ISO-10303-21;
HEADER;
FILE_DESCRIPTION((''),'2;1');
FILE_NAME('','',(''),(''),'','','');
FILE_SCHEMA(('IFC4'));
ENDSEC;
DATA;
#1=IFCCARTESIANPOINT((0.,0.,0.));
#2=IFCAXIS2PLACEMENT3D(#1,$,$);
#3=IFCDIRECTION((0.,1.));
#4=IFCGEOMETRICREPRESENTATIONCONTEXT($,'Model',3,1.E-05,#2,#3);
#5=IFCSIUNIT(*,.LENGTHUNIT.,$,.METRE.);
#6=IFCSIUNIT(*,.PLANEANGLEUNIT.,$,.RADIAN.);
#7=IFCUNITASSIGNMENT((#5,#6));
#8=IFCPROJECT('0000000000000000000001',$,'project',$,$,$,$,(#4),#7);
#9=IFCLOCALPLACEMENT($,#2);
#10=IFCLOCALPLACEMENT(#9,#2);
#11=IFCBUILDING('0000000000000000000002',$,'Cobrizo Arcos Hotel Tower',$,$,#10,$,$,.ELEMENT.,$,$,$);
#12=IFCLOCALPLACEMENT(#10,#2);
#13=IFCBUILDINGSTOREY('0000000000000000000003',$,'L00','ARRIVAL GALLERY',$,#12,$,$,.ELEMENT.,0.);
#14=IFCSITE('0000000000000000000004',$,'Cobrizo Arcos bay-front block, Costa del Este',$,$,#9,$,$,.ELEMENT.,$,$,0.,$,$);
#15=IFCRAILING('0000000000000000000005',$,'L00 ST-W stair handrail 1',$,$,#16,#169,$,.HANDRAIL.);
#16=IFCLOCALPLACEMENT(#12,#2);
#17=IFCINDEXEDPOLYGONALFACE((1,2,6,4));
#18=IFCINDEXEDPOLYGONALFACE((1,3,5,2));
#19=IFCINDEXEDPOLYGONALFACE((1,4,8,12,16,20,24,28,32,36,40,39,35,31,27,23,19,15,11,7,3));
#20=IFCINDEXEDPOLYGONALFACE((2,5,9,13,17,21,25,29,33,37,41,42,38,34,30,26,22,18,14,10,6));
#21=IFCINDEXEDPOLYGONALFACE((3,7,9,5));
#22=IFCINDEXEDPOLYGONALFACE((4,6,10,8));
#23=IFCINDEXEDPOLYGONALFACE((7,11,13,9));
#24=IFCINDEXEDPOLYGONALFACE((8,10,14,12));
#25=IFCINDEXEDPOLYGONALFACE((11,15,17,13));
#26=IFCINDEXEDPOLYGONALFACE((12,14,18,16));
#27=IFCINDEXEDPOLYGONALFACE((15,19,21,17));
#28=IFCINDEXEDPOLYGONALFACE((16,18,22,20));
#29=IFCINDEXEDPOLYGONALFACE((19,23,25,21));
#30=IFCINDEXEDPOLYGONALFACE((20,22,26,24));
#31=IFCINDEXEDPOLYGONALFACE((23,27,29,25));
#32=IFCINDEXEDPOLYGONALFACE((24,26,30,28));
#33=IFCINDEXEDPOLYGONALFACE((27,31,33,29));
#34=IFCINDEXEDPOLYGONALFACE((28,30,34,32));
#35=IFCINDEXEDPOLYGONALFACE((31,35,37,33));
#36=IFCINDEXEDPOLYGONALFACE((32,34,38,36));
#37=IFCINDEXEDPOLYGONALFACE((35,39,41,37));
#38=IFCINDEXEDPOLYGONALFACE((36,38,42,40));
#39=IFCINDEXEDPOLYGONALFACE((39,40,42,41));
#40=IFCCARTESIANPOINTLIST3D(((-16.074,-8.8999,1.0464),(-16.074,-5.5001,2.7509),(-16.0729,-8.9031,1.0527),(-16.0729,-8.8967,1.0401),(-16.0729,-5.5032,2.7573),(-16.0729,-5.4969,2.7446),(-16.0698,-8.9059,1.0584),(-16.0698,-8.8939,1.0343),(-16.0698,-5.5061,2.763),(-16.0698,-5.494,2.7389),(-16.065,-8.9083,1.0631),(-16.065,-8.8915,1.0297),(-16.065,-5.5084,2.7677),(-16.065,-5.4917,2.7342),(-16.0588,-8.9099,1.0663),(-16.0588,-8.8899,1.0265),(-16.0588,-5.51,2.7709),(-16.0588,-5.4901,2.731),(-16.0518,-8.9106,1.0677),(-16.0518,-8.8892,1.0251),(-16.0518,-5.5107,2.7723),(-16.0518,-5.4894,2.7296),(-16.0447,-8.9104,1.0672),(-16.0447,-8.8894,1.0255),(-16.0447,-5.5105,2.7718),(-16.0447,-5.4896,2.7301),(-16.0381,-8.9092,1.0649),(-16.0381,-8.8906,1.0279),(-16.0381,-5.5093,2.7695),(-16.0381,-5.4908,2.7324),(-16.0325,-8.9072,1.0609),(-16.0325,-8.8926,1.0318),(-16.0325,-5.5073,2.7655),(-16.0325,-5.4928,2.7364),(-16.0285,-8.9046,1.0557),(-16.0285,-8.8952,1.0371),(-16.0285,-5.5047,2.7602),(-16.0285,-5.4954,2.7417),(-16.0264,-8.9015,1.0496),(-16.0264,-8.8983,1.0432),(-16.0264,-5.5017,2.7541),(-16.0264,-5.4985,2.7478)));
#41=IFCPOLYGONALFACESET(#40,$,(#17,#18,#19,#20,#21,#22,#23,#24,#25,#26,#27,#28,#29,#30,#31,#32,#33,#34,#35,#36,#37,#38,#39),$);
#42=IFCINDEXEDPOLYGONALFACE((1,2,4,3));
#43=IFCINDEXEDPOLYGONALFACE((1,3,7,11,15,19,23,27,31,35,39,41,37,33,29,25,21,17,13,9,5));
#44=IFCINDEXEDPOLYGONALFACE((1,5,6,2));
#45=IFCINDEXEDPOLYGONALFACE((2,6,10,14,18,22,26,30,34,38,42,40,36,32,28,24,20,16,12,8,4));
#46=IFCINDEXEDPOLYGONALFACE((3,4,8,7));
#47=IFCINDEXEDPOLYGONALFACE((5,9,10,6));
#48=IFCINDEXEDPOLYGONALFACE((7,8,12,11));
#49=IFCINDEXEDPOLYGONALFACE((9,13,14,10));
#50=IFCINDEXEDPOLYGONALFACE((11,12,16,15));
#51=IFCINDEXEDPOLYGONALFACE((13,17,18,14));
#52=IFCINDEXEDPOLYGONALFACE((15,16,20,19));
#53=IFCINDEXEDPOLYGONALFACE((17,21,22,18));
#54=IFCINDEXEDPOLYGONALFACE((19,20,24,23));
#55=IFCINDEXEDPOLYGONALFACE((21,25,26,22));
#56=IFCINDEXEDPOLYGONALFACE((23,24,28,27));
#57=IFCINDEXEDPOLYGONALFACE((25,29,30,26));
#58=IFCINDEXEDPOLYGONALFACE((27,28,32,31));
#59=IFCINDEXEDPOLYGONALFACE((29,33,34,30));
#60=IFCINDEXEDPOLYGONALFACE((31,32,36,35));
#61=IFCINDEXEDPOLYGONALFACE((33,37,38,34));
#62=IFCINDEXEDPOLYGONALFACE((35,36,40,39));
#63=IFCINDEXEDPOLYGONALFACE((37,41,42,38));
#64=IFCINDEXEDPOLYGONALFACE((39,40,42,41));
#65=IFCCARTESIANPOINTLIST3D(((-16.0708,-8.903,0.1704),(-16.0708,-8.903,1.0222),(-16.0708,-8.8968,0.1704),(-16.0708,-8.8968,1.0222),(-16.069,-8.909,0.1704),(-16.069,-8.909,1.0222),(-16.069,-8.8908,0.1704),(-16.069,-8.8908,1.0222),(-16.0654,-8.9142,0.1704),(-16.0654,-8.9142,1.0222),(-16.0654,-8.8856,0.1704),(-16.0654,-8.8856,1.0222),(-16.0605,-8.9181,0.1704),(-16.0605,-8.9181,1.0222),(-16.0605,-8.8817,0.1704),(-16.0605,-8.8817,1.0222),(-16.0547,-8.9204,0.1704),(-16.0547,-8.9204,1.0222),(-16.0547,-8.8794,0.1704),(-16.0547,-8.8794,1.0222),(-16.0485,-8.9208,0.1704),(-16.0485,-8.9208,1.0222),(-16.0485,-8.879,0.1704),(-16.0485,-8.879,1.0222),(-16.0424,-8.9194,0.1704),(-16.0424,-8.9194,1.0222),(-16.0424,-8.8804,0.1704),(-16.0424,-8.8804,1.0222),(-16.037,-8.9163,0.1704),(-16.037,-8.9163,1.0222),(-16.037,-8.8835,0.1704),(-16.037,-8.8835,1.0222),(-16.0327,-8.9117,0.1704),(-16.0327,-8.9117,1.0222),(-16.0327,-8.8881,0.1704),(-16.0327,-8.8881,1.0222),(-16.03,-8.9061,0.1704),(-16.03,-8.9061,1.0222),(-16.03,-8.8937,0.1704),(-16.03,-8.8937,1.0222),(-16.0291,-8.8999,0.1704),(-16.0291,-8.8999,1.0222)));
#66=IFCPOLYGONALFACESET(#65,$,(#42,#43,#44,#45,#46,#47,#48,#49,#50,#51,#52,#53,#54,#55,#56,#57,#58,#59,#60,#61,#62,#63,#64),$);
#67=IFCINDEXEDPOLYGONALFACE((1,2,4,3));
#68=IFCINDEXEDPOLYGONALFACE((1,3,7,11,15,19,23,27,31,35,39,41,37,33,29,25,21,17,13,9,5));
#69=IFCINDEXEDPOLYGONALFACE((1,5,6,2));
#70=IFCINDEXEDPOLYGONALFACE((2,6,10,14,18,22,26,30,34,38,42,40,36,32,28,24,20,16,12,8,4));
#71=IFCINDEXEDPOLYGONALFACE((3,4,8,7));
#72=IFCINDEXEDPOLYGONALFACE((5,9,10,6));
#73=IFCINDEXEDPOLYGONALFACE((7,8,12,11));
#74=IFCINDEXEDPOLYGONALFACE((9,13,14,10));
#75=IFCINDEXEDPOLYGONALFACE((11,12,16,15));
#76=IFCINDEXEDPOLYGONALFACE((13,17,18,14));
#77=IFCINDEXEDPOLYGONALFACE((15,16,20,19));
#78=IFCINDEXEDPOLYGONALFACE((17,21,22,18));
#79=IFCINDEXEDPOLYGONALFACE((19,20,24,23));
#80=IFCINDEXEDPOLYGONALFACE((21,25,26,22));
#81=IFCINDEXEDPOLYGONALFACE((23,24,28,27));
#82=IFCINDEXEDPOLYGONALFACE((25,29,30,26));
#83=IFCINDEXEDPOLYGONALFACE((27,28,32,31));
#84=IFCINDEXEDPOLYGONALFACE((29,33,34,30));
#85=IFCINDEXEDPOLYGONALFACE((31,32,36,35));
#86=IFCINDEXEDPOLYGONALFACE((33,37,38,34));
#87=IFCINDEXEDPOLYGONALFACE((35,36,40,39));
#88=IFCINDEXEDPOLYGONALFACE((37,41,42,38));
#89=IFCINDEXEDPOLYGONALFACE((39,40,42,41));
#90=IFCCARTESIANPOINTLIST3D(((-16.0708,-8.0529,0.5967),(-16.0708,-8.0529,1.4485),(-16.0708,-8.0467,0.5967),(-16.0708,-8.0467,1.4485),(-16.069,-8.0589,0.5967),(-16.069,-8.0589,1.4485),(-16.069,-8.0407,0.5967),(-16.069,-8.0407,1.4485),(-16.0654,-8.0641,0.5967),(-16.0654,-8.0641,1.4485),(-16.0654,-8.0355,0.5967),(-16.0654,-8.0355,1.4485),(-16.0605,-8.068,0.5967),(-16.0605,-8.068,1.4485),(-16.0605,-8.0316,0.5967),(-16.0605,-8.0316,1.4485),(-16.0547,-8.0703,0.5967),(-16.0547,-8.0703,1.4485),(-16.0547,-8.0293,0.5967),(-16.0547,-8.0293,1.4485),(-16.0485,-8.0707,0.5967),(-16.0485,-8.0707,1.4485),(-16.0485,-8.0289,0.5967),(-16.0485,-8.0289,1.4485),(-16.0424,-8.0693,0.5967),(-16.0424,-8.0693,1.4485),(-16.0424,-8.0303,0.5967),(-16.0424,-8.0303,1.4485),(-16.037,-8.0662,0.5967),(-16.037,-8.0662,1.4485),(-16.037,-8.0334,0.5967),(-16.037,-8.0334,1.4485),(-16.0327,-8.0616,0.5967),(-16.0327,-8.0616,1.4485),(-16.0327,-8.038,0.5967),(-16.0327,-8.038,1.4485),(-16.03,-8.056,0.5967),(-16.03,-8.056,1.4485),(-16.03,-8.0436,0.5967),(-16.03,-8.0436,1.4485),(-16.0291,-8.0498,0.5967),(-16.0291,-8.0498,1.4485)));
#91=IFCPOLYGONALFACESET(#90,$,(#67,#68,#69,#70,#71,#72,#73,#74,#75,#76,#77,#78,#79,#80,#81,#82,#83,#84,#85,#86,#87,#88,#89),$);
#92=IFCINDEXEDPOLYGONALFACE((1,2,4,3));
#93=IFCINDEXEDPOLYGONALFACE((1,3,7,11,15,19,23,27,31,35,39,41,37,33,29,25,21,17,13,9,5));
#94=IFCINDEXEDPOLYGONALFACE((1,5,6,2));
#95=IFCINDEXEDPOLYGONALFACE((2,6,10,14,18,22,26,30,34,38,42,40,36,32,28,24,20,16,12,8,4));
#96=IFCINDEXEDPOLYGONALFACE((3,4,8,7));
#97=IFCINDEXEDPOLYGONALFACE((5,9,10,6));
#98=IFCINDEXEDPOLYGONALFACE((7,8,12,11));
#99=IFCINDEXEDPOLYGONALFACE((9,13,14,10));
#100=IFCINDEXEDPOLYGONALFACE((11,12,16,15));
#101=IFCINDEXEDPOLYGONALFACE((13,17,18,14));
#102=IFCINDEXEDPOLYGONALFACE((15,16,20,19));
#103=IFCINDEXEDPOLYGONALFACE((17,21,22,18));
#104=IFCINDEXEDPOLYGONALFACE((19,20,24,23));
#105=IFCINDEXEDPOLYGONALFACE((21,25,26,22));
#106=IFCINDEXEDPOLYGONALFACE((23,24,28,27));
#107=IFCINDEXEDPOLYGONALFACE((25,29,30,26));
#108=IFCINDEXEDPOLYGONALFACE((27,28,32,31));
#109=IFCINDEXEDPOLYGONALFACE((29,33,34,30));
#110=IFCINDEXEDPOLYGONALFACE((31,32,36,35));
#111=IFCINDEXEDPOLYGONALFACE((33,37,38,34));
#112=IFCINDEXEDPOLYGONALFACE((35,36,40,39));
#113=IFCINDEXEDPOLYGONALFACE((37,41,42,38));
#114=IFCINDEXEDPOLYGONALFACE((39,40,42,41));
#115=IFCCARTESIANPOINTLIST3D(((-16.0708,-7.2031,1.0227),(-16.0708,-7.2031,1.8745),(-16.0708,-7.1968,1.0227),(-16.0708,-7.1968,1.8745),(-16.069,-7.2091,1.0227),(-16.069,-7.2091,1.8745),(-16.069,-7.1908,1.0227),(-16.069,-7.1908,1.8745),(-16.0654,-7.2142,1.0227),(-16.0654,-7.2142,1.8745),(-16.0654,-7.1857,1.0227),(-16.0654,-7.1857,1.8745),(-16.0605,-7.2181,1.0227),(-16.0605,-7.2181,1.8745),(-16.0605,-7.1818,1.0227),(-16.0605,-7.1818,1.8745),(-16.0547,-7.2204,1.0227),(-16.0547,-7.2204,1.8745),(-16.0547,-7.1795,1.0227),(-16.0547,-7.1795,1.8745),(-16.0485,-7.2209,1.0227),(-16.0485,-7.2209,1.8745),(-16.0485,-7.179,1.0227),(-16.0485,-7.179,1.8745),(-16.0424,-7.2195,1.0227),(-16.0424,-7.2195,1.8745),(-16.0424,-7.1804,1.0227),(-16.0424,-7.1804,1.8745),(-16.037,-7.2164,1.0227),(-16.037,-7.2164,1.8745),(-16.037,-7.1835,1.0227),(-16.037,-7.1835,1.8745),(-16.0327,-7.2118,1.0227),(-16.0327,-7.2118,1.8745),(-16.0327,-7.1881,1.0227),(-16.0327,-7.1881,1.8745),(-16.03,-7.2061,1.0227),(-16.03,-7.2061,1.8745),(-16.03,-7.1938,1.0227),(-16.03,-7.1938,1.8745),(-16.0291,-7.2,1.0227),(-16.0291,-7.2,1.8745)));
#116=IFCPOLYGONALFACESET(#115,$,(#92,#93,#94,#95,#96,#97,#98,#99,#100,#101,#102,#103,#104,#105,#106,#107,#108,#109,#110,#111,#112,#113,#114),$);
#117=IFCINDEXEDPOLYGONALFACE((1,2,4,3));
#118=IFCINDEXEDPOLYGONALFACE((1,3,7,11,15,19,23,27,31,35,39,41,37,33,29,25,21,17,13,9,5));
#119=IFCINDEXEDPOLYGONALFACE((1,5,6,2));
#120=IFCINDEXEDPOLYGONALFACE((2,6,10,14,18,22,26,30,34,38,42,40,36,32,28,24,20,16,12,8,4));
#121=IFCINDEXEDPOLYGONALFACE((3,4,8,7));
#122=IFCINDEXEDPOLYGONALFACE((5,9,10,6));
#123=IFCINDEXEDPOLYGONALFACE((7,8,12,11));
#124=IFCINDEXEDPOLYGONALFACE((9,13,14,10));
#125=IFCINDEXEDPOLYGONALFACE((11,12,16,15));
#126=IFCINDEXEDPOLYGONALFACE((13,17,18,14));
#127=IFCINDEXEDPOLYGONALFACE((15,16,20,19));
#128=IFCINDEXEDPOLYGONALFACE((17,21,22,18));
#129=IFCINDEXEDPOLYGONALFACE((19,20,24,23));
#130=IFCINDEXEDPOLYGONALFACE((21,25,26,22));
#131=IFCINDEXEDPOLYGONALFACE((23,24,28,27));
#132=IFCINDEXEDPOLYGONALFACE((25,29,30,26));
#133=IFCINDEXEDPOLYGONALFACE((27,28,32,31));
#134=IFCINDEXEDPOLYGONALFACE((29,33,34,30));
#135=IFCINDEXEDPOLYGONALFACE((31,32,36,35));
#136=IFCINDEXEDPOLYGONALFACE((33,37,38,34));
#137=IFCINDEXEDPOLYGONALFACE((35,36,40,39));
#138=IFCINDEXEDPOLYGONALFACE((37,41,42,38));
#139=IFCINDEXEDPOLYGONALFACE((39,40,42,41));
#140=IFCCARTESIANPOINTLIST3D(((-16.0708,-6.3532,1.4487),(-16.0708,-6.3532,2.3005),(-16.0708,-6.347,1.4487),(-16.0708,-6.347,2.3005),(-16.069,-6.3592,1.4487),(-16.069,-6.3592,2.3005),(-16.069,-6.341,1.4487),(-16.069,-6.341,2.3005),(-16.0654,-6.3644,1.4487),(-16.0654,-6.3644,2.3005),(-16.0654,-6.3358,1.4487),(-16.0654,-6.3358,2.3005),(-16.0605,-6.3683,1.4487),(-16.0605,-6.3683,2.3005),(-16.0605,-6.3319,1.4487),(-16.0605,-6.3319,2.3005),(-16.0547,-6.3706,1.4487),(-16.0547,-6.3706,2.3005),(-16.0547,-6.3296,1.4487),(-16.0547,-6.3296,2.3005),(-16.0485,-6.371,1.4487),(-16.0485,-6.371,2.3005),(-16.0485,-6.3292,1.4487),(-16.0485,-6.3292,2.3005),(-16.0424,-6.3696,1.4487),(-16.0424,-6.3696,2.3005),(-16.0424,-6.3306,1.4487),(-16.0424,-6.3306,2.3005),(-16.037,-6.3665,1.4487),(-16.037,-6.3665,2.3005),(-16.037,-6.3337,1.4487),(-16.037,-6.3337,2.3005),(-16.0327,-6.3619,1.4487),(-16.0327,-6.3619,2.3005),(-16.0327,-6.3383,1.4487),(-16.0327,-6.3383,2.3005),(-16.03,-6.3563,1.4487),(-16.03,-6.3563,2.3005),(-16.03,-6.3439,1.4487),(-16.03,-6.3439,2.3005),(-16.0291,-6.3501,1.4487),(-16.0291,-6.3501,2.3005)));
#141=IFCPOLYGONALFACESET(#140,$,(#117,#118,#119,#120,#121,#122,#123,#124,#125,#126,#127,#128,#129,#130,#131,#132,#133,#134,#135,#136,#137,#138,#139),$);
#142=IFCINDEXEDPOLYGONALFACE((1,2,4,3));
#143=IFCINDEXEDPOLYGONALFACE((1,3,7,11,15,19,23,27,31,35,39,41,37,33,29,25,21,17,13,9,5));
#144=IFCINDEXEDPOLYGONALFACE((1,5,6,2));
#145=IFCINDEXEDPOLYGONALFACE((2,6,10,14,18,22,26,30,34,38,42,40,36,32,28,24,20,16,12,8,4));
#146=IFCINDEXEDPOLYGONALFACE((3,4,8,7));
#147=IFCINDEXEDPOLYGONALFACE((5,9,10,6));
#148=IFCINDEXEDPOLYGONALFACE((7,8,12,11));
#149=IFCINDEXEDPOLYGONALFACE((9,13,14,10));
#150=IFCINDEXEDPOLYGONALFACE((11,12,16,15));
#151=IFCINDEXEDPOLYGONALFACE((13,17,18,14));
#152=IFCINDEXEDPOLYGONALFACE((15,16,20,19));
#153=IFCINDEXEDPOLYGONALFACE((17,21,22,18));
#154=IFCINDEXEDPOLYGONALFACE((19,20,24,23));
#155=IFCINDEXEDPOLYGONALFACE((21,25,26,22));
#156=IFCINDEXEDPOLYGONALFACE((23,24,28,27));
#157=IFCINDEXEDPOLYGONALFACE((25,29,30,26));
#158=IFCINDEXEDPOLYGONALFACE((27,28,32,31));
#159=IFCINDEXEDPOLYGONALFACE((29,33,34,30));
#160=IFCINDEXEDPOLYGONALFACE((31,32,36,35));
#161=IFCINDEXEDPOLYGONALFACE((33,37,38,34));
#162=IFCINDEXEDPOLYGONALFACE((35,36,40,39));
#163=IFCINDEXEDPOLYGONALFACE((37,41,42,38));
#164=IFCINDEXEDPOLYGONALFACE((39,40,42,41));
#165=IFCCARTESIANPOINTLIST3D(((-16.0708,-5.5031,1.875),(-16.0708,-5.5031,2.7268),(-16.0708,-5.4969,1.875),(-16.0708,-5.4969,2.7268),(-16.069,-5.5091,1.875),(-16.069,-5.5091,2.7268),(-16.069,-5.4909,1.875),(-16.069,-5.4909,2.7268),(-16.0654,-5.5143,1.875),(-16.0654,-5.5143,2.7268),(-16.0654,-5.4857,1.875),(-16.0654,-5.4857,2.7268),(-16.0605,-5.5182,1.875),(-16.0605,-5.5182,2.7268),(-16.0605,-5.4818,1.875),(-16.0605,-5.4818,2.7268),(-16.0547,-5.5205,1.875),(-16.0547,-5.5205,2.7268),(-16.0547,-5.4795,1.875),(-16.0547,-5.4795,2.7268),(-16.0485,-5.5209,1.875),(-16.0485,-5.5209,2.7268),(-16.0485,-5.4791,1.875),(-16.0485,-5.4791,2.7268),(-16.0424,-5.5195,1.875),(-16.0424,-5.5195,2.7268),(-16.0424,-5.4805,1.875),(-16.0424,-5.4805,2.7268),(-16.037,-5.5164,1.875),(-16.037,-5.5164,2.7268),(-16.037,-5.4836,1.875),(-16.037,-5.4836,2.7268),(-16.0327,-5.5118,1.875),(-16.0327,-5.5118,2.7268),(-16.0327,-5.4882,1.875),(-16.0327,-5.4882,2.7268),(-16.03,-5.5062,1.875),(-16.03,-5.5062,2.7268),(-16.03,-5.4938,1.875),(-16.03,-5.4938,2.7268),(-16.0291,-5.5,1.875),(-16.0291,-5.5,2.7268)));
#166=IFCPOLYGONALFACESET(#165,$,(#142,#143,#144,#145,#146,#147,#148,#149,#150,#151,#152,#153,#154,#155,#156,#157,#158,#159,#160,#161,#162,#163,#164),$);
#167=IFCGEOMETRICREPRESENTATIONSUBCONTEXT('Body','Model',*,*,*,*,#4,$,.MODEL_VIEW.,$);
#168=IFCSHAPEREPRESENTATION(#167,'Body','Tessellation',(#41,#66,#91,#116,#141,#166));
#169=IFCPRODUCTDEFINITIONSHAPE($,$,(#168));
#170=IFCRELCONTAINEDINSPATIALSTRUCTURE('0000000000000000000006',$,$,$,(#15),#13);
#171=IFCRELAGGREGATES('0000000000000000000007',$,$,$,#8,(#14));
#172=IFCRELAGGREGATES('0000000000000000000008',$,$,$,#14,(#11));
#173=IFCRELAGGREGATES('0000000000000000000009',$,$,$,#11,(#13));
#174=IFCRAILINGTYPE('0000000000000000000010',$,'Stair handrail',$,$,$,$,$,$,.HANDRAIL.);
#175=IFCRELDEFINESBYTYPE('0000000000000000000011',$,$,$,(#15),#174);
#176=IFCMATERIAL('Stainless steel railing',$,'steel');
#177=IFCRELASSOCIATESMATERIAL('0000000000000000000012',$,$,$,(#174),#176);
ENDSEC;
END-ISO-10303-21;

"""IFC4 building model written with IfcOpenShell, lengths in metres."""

from ifc_helpers import new_model, si_unit, direction, frame, origin, origin_2d, place, context, subcontext, project, spatial, circle, extrude, material, type_object, element, save


model = new_model("IFC4")

# Units and contexts
model_context = context("Model", 3, precision=1e-05, world=origin(), true_north=direction((0.0, 1.0)))
body_context = subcontext(model_context, "Body", "Model", "MODEL_VIEW")
ifc_project = project(units=[si_unit("LENGTHUNIT", "METRE"), si_unit("PLANEANGLEUNIT", "RADIAN")], contexts=[model_context])

# Site, building, storey
site_placement = place(None, origin())
site = spatial("IfcSite", under=ifc_project, at=site_placement, Name="Cobrizo Arcos bay-front block, Costa del Este", CompositionType="ELEMENT", RefElevation=0.0)
building_placement = place(site_placement, origin())
building = spatial("IfcBuilding", under=site, at=building_placement, Name="Cobrizo Arcos Hotel Tower", CompositionType="ELEMENT")
storey_placement = place(building_placement, origin())
storey = spatial("IfcBuildingStorey", under=building, at=storey_placement, Name="L00", Description="ARRIVAL GALLERY", CompositionType="ELEMENT", Elevation=0.0)

# Railing
ifc_material_1 = material(Name="Stainless steel railing", Category="steel")
railing_type = type_object("IfcRailingType", Name="Stair handrail", PredefinedType="HANDRAIL", material=ifc_material_1)
for number, where, name in (
    (1, (-16.05, -8.8999, 0.1704), "L00 ST-W stair handrail 1"),
):
    element("IfcRailing", number, at=place(storey_placement, frame(where)), inside=storey, type_object=railing_type, Name=name, PredefinedType="HANDRAIL", context=body_context, shape_type="SweptSolid", body=[
        extrude(circle(Radius=0.0239, at=origin_2d()), frame((0.0, 0.0, 0.876), z_axis=(0.0, 0.893939, 0.448189), x_axis=(-1.0, 0.0, 0.0)), (0.0, 0.0, 1.0), 3.8032),
        extrude(circle(Radius=0.021, at=origin_2d()), origin(), (0.0, 0.0, 1.0), 0.8518),
        extrude(circle(Radius=0.021, at=origin_2d()), frame((0.0, 0.8501, 0.4263)), (0.0, 0.0, 1.0), 0.8518),
        extrude(circle(Radius=0.021, at=origin_2d()), frame((0.0, 1.7, 0.8523)), (0.0, 0.0, 1.0), 0.8518),
        extrude(circle(Radius=0.021, at=origin_2d()), frame((0.0, 2.5498, 1.2783)), (0.0, 0.0, 1.0), 0.8518),
        extrude(circle(Radius=0.021, at=origin_2d()), frame((0.0, 3.3999, 1.7046)), (0.0, 0.0, 1.0), 0.8518),
    ])

save(model, "model.ifc")
